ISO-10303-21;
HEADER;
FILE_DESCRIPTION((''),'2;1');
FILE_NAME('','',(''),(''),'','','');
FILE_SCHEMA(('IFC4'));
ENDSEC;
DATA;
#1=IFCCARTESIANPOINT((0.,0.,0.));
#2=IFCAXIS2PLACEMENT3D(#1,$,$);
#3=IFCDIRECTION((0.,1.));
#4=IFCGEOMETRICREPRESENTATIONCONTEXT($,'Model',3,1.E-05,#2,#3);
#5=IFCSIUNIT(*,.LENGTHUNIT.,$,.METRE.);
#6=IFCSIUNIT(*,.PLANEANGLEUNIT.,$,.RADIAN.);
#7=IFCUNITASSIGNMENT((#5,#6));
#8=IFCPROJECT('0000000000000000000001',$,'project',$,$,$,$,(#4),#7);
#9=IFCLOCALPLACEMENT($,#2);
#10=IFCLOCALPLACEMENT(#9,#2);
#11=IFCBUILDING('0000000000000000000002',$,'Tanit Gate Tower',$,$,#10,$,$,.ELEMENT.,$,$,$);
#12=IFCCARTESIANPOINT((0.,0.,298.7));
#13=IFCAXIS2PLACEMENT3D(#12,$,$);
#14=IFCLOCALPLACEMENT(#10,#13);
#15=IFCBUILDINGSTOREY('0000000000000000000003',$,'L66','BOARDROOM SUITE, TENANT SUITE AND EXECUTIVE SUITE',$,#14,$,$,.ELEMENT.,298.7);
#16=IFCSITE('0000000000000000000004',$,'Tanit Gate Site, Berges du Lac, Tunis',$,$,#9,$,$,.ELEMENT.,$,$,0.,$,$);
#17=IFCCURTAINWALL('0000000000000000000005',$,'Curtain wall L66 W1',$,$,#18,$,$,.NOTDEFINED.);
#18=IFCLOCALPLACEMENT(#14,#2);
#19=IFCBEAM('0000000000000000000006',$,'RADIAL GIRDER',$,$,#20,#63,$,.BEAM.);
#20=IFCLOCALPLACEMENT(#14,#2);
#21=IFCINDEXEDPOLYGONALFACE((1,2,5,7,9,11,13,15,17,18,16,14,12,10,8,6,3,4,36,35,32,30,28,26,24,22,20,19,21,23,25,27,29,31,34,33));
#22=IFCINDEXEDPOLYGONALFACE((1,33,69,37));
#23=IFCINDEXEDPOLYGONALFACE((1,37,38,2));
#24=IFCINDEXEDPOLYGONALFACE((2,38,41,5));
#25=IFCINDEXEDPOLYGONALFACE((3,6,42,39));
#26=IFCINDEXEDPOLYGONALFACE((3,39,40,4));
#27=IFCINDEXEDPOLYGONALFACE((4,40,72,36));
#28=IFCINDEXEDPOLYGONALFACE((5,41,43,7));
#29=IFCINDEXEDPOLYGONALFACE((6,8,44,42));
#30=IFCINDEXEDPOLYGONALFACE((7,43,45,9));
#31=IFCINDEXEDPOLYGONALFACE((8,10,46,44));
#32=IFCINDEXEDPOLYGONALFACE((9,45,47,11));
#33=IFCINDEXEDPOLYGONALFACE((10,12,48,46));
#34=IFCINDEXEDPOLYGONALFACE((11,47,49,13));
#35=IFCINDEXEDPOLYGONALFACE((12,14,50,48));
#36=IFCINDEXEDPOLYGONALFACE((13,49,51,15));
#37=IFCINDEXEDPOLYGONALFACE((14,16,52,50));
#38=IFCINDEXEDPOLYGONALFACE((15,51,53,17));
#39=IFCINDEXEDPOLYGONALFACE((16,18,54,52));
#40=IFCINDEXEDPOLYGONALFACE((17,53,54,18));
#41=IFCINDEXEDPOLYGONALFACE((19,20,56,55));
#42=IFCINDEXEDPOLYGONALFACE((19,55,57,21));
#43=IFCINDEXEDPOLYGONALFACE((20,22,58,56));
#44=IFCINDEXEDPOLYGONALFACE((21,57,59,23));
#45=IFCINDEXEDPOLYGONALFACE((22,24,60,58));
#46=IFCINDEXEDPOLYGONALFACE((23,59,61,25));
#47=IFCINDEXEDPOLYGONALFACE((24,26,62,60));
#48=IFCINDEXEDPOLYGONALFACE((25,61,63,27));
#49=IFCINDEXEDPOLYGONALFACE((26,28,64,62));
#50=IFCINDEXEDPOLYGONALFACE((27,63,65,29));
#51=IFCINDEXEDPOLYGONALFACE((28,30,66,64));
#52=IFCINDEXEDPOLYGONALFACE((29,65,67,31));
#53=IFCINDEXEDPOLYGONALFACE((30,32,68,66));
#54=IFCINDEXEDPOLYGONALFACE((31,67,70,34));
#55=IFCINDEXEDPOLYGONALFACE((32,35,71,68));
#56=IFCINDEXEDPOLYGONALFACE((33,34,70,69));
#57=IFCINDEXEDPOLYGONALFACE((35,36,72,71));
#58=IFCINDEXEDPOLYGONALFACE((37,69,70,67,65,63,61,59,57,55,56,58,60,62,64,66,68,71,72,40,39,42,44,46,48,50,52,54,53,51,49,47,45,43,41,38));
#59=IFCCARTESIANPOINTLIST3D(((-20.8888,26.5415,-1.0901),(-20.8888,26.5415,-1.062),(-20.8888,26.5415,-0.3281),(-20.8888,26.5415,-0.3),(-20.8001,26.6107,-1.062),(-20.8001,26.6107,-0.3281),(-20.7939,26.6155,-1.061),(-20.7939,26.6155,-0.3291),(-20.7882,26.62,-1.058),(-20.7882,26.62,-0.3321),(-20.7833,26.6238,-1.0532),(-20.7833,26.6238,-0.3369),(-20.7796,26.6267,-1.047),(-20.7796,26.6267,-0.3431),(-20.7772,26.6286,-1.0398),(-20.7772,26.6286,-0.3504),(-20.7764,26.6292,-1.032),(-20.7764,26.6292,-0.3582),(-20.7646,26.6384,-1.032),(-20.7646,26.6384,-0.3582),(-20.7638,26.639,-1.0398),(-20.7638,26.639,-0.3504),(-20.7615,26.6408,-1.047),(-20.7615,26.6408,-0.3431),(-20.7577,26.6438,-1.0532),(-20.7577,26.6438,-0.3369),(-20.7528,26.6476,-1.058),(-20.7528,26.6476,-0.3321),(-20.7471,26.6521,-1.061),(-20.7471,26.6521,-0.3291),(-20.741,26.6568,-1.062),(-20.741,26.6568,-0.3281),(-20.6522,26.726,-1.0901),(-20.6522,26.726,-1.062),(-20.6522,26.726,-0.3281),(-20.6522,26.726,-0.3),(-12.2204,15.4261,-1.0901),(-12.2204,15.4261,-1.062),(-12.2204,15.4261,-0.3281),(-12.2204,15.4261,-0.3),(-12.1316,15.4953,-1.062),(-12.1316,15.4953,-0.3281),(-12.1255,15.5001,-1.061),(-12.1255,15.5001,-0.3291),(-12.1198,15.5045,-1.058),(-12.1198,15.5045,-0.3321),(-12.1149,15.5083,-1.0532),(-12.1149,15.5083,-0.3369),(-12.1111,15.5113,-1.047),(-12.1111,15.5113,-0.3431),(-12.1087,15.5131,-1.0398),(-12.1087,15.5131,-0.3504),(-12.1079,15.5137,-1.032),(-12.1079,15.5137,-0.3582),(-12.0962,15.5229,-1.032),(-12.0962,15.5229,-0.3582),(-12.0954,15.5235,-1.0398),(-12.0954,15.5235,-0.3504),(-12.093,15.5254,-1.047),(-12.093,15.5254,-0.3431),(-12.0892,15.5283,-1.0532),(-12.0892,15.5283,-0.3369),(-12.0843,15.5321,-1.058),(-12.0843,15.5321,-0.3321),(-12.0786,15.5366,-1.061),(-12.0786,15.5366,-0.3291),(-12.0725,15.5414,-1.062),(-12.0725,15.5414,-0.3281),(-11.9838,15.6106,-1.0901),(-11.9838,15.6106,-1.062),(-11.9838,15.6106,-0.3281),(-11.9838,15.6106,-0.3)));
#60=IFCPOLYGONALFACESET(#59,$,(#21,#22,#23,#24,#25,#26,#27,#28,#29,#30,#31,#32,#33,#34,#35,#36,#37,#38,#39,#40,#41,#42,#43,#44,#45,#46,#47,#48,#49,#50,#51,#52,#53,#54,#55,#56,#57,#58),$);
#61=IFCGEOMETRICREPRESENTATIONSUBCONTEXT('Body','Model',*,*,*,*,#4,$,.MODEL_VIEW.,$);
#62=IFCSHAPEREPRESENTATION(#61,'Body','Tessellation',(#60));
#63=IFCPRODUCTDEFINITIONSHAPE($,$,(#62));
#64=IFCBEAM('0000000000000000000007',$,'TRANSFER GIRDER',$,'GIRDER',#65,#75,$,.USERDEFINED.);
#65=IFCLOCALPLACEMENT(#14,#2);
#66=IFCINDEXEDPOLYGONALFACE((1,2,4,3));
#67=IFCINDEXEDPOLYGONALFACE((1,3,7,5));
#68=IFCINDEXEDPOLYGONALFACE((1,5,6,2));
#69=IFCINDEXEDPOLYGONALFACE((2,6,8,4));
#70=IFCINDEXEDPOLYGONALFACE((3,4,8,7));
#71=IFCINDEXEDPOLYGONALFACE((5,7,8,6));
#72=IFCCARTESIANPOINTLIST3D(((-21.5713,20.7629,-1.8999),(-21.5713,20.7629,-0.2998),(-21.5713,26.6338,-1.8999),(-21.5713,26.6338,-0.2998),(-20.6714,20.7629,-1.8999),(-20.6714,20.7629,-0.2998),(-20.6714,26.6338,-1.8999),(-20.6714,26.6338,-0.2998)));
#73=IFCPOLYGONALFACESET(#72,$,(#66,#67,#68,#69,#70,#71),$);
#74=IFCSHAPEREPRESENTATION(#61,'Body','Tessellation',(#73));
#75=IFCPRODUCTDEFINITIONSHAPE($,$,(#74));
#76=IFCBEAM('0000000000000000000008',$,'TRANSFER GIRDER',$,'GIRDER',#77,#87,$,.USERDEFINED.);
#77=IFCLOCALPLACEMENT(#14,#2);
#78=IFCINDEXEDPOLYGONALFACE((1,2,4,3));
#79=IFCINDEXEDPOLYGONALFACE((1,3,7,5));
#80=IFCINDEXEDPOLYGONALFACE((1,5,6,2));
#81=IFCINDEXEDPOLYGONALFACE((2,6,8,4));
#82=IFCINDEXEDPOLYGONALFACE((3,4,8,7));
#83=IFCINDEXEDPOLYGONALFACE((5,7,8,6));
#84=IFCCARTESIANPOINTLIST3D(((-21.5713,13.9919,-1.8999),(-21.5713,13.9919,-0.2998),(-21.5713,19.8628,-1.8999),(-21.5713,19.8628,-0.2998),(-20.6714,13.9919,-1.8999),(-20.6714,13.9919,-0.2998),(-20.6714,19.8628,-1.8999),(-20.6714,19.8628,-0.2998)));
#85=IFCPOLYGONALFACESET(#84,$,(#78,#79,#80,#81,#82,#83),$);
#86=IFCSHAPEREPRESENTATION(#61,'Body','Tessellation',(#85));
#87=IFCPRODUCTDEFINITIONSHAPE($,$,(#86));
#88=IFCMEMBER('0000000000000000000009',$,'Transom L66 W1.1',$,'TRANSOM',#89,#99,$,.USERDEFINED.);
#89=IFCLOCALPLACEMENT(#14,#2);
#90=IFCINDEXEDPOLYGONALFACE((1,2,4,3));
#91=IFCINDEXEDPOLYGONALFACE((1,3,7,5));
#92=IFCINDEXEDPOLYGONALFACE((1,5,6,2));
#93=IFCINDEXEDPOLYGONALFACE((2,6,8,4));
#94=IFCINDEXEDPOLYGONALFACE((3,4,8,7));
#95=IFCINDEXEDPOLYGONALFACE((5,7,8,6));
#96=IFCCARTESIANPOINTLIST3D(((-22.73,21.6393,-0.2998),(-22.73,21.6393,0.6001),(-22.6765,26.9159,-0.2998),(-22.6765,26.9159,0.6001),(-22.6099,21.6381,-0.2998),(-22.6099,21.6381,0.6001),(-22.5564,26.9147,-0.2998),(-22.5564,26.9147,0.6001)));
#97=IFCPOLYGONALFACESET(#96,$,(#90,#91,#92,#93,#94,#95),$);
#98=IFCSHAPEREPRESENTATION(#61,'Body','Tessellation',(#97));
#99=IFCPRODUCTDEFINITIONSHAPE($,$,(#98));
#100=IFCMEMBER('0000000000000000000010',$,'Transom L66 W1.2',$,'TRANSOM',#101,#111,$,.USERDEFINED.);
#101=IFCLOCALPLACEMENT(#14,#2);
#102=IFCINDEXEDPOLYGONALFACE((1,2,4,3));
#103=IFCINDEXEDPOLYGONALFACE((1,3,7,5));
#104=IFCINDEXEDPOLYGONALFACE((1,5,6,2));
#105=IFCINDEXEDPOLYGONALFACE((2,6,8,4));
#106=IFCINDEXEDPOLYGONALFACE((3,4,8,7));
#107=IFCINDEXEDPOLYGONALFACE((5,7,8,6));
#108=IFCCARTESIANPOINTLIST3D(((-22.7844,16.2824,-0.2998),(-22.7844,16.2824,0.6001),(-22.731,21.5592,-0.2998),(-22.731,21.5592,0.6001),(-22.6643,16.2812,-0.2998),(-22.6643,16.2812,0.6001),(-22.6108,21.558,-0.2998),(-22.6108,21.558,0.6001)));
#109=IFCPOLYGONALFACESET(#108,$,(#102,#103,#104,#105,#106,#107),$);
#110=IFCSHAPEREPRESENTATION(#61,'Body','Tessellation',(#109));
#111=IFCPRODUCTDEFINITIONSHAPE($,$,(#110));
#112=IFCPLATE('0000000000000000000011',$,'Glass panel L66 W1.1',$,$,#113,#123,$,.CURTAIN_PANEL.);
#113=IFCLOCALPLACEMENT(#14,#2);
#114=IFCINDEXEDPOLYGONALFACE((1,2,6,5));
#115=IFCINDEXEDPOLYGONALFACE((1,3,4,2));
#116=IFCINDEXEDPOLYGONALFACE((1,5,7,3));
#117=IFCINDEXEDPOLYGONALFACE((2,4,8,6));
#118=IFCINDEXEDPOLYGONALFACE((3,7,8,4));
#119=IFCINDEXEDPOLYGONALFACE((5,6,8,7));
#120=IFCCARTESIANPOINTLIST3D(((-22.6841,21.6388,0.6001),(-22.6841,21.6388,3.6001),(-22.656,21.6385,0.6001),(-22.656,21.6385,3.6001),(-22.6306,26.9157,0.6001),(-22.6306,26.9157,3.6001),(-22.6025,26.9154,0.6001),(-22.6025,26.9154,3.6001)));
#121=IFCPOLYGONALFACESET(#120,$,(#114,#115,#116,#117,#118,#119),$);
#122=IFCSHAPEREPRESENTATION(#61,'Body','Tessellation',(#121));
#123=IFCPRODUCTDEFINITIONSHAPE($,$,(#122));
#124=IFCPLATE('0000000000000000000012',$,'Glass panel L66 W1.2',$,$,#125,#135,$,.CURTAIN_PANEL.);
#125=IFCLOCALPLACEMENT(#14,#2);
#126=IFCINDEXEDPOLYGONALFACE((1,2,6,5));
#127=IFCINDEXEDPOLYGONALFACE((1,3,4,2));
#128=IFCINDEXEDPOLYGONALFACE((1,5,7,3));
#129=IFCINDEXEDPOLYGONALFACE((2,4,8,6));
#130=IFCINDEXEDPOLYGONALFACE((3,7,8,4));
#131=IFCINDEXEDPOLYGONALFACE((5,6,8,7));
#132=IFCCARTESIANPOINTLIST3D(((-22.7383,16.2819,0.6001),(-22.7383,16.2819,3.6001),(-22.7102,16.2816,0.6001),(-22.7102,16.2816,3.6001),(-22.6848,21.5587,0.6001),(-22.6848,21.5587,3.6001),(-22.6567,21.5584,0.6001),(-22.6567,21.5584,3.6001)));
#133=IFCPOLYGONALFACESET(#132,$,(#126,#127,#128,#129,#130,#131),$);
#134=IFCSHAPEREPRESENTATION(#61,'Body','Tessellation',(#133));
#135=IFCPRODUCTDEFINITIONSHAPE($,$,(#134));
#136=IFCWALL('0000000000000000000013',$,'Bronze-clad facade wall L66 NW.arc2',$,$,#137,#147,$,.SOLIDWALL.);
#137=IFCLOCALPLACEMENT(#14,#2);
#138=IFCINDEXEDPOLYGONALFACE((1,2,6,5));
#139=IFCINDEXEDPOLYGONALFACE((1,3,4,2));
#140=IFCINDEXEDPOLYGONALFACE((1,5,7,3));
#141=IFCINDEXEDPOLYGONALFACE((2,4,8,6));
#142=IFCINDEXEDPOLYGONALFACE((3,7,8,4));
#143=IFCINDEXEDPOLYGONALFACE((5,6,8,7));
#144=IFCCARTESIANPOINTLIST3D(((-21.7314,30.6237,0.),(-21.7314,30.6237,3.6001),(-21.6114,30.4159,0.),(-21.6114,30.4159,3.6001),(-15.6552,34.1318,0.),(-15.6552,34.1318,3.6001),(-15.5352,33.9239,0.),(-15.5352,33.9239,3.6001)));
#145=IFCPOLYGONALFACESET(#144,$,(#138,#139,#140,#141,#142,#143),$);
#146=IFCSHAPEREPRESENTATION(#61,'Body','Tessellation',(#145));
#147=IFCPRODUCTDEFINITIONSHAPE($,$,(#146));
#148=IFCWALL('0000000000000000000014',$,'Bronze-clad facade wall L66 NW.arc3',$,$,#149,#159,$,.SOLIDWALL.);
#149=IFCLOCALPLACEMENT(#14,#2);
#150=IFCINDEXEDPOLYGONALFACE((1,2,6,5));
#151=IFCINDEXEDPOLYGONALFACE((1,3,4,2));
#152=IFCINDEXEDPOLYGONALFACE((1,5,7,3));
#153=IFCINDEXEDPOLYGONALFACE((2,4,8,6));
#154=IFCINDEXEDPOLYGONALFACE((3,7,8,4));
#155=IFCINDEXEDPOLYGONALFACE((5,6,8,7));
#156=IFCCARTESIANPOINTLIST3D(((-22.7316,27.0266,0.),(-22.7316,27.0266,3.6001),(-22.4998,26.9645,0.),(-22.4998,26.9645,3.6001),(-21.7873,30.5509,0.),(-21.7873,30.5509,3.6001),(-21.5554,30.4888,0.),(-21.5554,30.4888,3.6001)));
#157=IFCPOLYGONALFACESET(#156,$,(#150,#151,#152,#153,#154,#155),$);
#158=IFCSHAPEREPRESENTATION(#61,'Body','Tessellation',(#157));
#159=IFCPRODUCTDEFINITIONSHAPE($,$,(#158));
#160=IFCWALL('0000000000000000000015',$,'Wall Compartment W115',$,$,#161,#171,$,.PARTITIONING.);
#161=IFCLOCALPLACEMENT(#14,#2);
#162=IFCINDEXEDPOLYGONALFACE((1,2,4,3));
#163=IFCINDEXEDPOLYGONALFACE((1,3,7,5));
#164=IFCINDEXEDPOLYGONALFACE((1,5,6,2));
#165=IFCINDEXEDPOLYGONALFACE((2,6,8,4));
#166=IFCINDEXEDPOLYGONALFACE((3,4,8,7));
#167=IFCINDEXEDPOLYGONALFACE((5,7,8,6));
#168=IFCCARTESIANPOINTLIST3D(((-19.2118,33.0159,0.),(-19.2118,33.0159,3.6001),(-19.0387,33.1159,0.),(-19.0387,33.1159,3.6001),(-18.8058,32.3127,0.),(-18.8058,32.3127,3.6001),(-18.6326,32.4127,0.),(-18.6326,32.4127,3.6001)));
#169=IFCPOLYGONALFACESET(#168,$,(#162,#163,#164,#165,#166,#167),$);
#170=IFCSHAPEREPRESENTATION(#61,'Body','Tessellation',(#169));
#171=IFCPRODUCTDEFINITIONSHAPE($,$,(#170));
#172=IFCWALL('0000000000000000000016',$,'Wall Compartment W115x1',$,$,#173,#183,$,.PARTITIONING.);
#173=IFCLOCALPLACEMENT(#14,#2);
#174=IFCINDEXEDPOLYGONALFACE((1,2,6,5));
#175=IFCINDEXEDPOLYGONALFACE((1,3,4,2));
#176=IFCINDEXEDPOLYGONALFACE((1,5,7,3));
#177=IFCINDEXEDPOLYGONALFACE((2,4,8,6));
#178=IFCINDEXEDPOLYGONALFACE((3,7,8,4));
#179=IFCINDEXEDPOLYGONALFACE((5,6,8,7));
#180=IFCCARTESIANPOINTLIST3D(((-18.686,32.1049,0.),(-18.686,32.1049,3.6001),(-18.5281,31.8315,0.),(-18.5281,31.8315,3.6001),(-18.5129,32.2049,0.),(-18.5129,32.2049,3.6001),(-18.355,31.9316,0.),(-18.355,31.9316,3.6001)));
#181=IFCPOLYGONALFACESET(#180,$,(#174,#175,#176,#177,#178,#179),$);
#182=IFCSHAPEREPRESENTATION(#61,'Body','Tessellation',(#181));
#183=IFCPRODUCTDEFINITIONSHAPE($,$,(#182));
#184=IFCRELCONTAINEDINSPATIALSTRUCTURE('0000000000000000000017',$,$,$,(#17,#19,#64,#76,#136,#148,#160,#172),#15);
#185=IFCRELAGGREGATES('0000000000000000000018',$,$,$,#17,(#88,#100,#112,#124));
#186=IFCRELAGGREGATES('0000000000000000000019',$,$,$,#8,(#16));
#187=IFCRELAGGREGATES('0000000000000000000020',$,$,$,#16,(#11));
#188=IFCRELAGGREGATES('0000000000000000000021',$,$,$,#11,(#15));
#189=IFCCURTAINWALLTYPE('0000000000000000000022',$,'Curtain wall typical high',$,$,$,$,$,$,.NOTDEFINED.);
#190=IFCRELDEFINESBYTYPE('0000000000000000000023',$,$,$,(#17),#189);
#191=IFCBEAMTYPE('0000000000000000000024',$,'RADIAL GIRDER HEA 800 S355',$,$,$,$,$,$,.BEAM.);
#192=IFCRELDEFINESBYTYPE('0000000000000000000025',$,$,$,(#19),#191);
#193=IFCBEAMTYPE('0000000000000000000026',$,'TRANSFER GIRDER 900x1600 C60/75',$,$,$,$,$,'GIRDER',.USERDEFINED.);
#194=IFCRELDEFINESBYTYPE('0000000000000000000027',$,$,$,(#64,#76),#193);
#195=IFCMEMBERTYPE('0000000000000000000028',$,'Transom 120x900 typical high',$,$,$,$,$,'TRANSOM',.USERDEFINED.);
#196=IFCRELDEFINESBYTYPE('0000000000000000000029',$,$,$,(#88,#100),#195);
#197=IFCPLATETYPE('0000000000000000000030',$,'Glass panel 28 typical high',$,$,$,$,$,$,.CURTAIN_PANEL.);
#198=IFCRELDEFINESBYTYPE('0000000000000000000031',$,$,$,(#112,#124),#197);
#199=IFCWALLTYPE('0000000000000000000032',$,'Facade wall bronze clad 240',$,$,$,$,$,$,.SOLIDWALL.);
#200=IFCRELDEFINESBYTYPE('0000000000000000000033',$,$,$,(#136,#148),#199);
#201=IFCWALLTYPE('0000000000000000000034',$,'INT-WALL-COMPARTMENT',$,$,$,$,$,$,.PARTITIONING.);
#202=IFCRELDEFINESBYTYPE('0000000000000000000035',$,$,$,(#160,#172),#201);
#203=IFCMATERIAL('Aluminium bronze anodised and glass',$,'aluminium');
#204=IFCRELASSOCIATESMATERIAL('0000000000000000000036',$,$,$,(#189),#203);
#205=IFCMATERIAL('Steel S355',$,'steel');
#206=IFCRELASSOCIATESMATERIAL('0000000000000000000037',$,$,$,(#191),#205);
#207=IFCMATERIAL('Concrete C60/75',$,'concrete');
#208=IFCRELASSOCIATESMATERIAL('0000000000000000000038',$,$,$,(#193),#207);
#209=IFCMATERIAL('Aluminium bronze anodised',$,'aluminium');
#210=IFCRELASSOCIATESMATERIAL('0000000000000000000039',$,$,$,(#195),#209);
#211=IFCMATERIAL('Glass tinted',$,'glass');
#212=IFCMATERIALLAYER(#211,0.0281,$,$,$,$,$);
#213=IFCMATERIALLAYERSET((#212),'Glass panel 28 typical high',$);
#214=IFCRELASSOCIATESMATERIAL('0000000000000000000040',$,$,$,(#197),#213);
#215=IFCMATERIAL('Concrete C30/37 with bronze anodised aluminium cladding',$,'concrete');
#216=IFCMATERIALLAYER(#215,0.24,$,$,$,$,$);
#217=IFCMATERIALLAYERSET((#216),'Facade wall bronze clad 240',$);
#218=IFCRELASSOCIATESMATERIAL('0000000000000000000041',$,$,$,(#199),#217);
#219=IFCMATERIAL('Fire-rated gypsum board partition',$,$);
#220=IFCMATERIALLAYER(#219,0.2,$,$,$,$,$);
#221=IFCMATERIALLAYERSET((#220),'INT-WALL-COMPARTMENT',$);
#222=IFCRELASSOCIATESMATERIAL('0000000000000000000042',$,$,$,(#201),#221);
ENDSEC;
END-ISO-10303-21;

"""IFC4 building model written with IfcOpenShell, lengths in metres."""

from ifc_helpers import new_model, si_unit, direction, frame, frame_2d, origin, origin_2d, place, context, subcontext, project, spatial, rectangle, i_section, extrude, material, layer, layer_set, material_profile, profile_set, type_object, element, aggregate, save


model = new_model("IFC4")

# Units and contexts
model_context = context("Model", 3, precision=1e-05, world=origin(), true_north=direction((0.0, 1.0)))
body_context = subcontext(model_context, "Body", "Model", "MODEL_VIEW")
ifc_project = project(units=[si_unit("LENGTHUNIT", "METRE"), si_unit("PLANEANGLEUNIT", "RADIAN")], contexts=[model_context])

# Site, building, storey
site_placement = place(None, origin())
site = spatial("IfcSite", under=ifc_project, at=site_placement, Name="Tanit Gate Site, Berges du Lac, Tunis", CompositionType="ELEMENT", RefElevation=0.0)
building_placement = place(site_placement, origin())
building = spatial("IfcBuilding", under=site, at=building_placement, Name="Tanit Gate Tower", CompositionType="ELEMENT")
storey_placement = place(building_placement, frame((0.0, 0.0, 298.7)))
storey = spatial("IfcBuildingStorey", under=building, at=storey_placement, Name="L66", Description="BOARDROOM SUITE, TENANT SUITE AND EXECUTIVE SUITE", CompositionType="ELEMENT", Elevation=298.7)

# Curtain wall
ifc_material_1 = material(Name="Aluminium bronze anodised and glass", Category="aluminium")
curtain_wall_type = type_object("IfcCurtainWallType", Name="Curtain wall typical high", PredefinedType="NOTDEFINED", material=ifc_material_1)
curtain_wall_placement = place(storey_placement, origin())
curtain_wall = element("IfcCurtainWall", 1, at=curtain_wall_placement, inside=storey, type_object=curtain_wall_type, Name="Curtain wall L66 W1", PredefinedType="NOTDEFINED")

# Beams
ifc_material_2 = material(Name="Steel S355", Category="steel")
ifc_material_profile_1 = material_profile(ifc_material_2, i_section(OverallWidth=0.3, OverallDepth=0.79, WebThickness=0.0149, FlangeThickness=0.0281, FilletRadius=0.03, at=origin_2d()), Name="HEA 800")
ifc_profile_set_1 = profile_set([ifc_material_profile_1], Name="Steel S355")
beam_type_1 = type_object("IfcBeamType", Name="RADIAL GIRDER HEA 800 S355", PredefinedType="BEAM", material=ifc_profile_set_1)
beam_1_placement = place(storey_placement, frame((-20.7705, 26.6338, -0.6951), z_axis=(0.614961, -0.788558, 0.0), x_axis=(0.788558, 0.614961, 0.0)))
element("IfcBeam", 2, at=beam_1_placement, inside=storey, type_object=beam_type_1, Name="RADIAL GIRDER", PredefinedType="BEAM", context=body_context, shape_type="SweptSolid", body=[
    extrude(i_section(OverallWidth=0.3, OverallDepth=0.79, WebThickness=0.0149, FlangeThickness=0.0281, FilletRadius=0.03, at=origin_2d()), origin(), (0.0, 0.0, 1.0), 14.0959),
])
ifc_material_3 = material(Name="Concrete C60/75", Category="concrete")
ifc_material_profile_2 = material_profile(ifc_material_3, rectangle(XDim=0.8999, YDim=1.6001, at=origin_2d()), Name="RC 900x1600")
ifc_profile_set_2 = profile_set([ifc_material_profile_2], Name="Concrete C60/75")
beam_type_2 = type_object("IfcBeamType", Name="TRANSFER GIRDER 900x1600 C60/75", ElementType="GIRDER", PredefinedType="USERDEFINED", material=ifc_profile_set_2)
for number, where, z_axis, x_axis, name in (
    (3, (-21.1213, 26.6338, -1.0999), (0.0, -1.0, 0.0), (1.0, 0.0, 0.0), "TRANSFER GIRDER"),
    (4, (-21.1213, 19.8628, -1.0999), (0.0, -1.0, 0.0), (1.0, 0.0, 0.0), "TRANSFER GIRDER"),
):
    element("IfcBeam", number, at=place(storey_placement, frame(where, z_axis=z_axis, x_axis=x_axis)), inside=storey, type_object=beam_type_2, Name=name, ObjectType="GIRDER", PredefinedType="USERDEFINED", context=body_context, shape_type="SweptSolid", body=[
        extrude(rectangle(XDim=0.8999, YDim=1.6001, at=origin_2d()), origin(), (0.0, 0.0, 1.0), 5.8708),
    ])

# Members
ifc_material_4 = material(Name="Aluminium bronze anodised", Category="aluminium")
ifc_material_profile_3 = material_profile(ifc_material_4, rectangle(XDim=0.1201, YDim=0.8999, at=origin_2d()), Name="120x900 bronze transom")
ifc_profile_set_3 = profile_set([ifc_material_profile_3], Name="Aluminium bronze anodised")
member_type_1 = type_object("IfcMemberType", Name="Transom 120x900 typical high", ElementType="TRANSOM", PredefinedType="USERDEFINED", material=ifc_profile_set_3)
member_1_placement = place(storey_placement, frame((-22.6165, 26.9153, 0.1501), z_axis=(-0.010132, -0.999949, 0.0), x_axis=(0.999949, -0.010132, 0.0)))
member_1 = element("IfcMember", 5, at=member_1_placement, type_object=member_type_1, Name="Transom L66 W1.1", ObjectType="TRANSOM", PredefinedType="USERDEFINED", context=body_context, shape_type="SweptSolid", body=[
    extrude(rectangle(XDim=0.1201, YDim=0.8999, at=origin_2d()), origin(), (0.0, 0.0, 1.0), 5.2769),
])
member_2_placement = place(storey_placement, frame((-22.6709, 21.5586, 0.1501), z_axis=(-0.010132, -0.999949, 0.0), x_axis=(0.999949, -0.010132, 0.0)))
member_2 = element("IfcMember", 6, at=member_2_placement, type_object=member_type_1, Name="Transom L66 W1.2", ObjectType="TRANSOM", PredefinedType="USERDEFINED", context=body_context, shape_type="SweptSolid", body=[
    extrude(rectangle(XDim=0.1201, YDim=0.8999, at=origin_2d()), origin(), (0.0, 0.0, 1.0), 5.2771),
])

# Plates
ifc_material_5 = material(Name="Glass tinted", Category="glass")
ifc_layer_1 = layer(ifc_material_5, 0.0281)
ifc_layer_set_1 = layer_set([ifc_layer_1], Name="Glass panel 28 typical high")
plate_type = type_object("IfcPlateType", Name="Glass panel 28 typical high", PredefinedType="CURTAIN_PANEL", material=ifc_layer_set_1)
plate_1_placement = place(storey_placement, frame((-22.6433, 24.2771, 0.6001), z_axis=(0.0, 0.0, 1.0), x_axis=(-0.010146, -0.999949, 0.0)))
plate_1 = element("IfcPlate", 7, at=plate_1_placement, type_object=plate_type, Name="Glass panel L66 W1.1", PredefinedType="CURTAIN_PANEL", context=body_context, shape_type="SweptSolid", body=[
    extrude(rectangle(XDim=5.2771, YDim=0.0281, at=origin_2d()), origin(), (0.0, 0.0, 1.0), 3.0),
])
plate_2_placement = place(storey_placement, frame((-22.6975, 18.9202, 0.6001), z_axis=(0.0, 0.0, 1.0), x_axis=(-0.010146, -0.999949, 0.0)))
plate_2 = element("IfcPlate", 8, at=plate_2_placement, type_object=plate_type, Name="Glass panel L66 W1.2", PredefinedType="CURTAIN_PANEL", context=body_context, shape_type="SweptSolid", body=[
    extrude(rectangle(XDim=5.2771, YDim=0.0281, at=origin_2d()), origin(), (0.0, 0.0, 1.0), 3.0),
])
aggregate(curtain_wall, [member_1, member_2, plate_1, plate_2])

# Walls
ifc_material_6 = material(Name="Concrete C30/37 with bronze anodised aluminium cladding", Category="concrete")
ifc_layer_2 = layer(ifc_material_6, 0.24)
ifc_layer_set_2 = layer_set([ifc_layer_2], Name="Facade wall bronze clad 240")
wall_type_1 = type_object("IfcWallType", Name="Facade wall bronze clad 240", PredefinedType="SOLIDWALL", material=ifc_layer_set_2)
wall_1_placement = place(storey_placement, frame((-15.5952, 34.0278, 0.0), z_axis=(0.0, 0.0, 1.0), x_axis=(-0.866027, -0.499998, 0.0)))
element("IfcWall", 9, at=wall_1_placement, inside=storey, type_object=wall_type_1, Name="Bronze-clad facade wall L66 NW.arc2", PredefinedType="SOLIDWALL", context=body_context, shape_type="SweptSolid", body=[
    extrude(rectangle(XDim=7.0161, YDim=0.24, at=frame_2d((3.5081, 0.0))), origin(), (0.0, 0.0, 1.0), 3.6001),
])
wall_2_placement = place(storey_placement, frame((-21.6714, 30.5198, 0.0), z_axis=(0.0, 0.0, 1.0), x_axis=(-0.258812, -0.965928, 0.0)))
element("IfcWall", 10, at=wall_2_placement, inside=storey, type_object=wall_type_1, Name="Bronze-clad facade wall L66 NW.arc3", PredefinedType="SOLIDWALL", context=body_context, shape_type="SweptSolid", body=[
    extrude(rectangle(XDim=3.6487, YDim=0.24, at=frame_2d((1.8242, 0.0))), origin(), (0.0, 0.0, 1.0), 3.6001),
])
ifc_material_7 = material(Name="Fire-rated gypsum board partition")
ifc_layer_3 = layer(ifc_material_7, 0.2)
ifc_layer_set_3 = layer_set([ifc_layer_3], Name="INT-WALL-COMPARTMENT")
wall_type_2 = type_object("IfcWallType", Name="INT-WALL-COMPARTMENT", PredefinedType="PARTITIONING", material=ifc_layer_set_3)
wall_3_placement = place(storey_placement, frame((-19.1252, 33.0659, 0.0), z_axis=(0.0, 0.0, 1.0), x_axis=(0.500052, -0.865995, 0.0)))
element("IfcWall", 11, at=wall_3_placement, inside=storey, type_object=wall_type_2, Name="Wall Compartment W115", PredefinedType="PARTITIONING", context=body_context, shape_type="SweptSolid", body=[
    extrude(rectangle(XDim=0.812, YDim=0.2, at=frame_2d((0.406, 0.0))), origin(), (0.0, 0.0, 1.0), 3.6001),
])
wall_4_placement = place(storey_placement, frame((-18.5994, 32.1548, 0.0), z_axis=(0.0, 0.0, 1.0), x_axis=(0.500213, -0.865902, 0.0)))
element("IfcWall", 12, at=wall_4_placement, inside=storey, type_object=wall_type_2, Name="Wall Compartment W115x1", PredefinedType="PARTITIONING", context=body_context, shape_type="SweptSolid", body=[
    extrude(rectangle(XDim=0.3157, YDim=0.2, at=frame_2d((0.1577, 0.0))), origin(), (0.0, 0.0, 1.0), 3.6001),
])

save(model, "model.ifc")
